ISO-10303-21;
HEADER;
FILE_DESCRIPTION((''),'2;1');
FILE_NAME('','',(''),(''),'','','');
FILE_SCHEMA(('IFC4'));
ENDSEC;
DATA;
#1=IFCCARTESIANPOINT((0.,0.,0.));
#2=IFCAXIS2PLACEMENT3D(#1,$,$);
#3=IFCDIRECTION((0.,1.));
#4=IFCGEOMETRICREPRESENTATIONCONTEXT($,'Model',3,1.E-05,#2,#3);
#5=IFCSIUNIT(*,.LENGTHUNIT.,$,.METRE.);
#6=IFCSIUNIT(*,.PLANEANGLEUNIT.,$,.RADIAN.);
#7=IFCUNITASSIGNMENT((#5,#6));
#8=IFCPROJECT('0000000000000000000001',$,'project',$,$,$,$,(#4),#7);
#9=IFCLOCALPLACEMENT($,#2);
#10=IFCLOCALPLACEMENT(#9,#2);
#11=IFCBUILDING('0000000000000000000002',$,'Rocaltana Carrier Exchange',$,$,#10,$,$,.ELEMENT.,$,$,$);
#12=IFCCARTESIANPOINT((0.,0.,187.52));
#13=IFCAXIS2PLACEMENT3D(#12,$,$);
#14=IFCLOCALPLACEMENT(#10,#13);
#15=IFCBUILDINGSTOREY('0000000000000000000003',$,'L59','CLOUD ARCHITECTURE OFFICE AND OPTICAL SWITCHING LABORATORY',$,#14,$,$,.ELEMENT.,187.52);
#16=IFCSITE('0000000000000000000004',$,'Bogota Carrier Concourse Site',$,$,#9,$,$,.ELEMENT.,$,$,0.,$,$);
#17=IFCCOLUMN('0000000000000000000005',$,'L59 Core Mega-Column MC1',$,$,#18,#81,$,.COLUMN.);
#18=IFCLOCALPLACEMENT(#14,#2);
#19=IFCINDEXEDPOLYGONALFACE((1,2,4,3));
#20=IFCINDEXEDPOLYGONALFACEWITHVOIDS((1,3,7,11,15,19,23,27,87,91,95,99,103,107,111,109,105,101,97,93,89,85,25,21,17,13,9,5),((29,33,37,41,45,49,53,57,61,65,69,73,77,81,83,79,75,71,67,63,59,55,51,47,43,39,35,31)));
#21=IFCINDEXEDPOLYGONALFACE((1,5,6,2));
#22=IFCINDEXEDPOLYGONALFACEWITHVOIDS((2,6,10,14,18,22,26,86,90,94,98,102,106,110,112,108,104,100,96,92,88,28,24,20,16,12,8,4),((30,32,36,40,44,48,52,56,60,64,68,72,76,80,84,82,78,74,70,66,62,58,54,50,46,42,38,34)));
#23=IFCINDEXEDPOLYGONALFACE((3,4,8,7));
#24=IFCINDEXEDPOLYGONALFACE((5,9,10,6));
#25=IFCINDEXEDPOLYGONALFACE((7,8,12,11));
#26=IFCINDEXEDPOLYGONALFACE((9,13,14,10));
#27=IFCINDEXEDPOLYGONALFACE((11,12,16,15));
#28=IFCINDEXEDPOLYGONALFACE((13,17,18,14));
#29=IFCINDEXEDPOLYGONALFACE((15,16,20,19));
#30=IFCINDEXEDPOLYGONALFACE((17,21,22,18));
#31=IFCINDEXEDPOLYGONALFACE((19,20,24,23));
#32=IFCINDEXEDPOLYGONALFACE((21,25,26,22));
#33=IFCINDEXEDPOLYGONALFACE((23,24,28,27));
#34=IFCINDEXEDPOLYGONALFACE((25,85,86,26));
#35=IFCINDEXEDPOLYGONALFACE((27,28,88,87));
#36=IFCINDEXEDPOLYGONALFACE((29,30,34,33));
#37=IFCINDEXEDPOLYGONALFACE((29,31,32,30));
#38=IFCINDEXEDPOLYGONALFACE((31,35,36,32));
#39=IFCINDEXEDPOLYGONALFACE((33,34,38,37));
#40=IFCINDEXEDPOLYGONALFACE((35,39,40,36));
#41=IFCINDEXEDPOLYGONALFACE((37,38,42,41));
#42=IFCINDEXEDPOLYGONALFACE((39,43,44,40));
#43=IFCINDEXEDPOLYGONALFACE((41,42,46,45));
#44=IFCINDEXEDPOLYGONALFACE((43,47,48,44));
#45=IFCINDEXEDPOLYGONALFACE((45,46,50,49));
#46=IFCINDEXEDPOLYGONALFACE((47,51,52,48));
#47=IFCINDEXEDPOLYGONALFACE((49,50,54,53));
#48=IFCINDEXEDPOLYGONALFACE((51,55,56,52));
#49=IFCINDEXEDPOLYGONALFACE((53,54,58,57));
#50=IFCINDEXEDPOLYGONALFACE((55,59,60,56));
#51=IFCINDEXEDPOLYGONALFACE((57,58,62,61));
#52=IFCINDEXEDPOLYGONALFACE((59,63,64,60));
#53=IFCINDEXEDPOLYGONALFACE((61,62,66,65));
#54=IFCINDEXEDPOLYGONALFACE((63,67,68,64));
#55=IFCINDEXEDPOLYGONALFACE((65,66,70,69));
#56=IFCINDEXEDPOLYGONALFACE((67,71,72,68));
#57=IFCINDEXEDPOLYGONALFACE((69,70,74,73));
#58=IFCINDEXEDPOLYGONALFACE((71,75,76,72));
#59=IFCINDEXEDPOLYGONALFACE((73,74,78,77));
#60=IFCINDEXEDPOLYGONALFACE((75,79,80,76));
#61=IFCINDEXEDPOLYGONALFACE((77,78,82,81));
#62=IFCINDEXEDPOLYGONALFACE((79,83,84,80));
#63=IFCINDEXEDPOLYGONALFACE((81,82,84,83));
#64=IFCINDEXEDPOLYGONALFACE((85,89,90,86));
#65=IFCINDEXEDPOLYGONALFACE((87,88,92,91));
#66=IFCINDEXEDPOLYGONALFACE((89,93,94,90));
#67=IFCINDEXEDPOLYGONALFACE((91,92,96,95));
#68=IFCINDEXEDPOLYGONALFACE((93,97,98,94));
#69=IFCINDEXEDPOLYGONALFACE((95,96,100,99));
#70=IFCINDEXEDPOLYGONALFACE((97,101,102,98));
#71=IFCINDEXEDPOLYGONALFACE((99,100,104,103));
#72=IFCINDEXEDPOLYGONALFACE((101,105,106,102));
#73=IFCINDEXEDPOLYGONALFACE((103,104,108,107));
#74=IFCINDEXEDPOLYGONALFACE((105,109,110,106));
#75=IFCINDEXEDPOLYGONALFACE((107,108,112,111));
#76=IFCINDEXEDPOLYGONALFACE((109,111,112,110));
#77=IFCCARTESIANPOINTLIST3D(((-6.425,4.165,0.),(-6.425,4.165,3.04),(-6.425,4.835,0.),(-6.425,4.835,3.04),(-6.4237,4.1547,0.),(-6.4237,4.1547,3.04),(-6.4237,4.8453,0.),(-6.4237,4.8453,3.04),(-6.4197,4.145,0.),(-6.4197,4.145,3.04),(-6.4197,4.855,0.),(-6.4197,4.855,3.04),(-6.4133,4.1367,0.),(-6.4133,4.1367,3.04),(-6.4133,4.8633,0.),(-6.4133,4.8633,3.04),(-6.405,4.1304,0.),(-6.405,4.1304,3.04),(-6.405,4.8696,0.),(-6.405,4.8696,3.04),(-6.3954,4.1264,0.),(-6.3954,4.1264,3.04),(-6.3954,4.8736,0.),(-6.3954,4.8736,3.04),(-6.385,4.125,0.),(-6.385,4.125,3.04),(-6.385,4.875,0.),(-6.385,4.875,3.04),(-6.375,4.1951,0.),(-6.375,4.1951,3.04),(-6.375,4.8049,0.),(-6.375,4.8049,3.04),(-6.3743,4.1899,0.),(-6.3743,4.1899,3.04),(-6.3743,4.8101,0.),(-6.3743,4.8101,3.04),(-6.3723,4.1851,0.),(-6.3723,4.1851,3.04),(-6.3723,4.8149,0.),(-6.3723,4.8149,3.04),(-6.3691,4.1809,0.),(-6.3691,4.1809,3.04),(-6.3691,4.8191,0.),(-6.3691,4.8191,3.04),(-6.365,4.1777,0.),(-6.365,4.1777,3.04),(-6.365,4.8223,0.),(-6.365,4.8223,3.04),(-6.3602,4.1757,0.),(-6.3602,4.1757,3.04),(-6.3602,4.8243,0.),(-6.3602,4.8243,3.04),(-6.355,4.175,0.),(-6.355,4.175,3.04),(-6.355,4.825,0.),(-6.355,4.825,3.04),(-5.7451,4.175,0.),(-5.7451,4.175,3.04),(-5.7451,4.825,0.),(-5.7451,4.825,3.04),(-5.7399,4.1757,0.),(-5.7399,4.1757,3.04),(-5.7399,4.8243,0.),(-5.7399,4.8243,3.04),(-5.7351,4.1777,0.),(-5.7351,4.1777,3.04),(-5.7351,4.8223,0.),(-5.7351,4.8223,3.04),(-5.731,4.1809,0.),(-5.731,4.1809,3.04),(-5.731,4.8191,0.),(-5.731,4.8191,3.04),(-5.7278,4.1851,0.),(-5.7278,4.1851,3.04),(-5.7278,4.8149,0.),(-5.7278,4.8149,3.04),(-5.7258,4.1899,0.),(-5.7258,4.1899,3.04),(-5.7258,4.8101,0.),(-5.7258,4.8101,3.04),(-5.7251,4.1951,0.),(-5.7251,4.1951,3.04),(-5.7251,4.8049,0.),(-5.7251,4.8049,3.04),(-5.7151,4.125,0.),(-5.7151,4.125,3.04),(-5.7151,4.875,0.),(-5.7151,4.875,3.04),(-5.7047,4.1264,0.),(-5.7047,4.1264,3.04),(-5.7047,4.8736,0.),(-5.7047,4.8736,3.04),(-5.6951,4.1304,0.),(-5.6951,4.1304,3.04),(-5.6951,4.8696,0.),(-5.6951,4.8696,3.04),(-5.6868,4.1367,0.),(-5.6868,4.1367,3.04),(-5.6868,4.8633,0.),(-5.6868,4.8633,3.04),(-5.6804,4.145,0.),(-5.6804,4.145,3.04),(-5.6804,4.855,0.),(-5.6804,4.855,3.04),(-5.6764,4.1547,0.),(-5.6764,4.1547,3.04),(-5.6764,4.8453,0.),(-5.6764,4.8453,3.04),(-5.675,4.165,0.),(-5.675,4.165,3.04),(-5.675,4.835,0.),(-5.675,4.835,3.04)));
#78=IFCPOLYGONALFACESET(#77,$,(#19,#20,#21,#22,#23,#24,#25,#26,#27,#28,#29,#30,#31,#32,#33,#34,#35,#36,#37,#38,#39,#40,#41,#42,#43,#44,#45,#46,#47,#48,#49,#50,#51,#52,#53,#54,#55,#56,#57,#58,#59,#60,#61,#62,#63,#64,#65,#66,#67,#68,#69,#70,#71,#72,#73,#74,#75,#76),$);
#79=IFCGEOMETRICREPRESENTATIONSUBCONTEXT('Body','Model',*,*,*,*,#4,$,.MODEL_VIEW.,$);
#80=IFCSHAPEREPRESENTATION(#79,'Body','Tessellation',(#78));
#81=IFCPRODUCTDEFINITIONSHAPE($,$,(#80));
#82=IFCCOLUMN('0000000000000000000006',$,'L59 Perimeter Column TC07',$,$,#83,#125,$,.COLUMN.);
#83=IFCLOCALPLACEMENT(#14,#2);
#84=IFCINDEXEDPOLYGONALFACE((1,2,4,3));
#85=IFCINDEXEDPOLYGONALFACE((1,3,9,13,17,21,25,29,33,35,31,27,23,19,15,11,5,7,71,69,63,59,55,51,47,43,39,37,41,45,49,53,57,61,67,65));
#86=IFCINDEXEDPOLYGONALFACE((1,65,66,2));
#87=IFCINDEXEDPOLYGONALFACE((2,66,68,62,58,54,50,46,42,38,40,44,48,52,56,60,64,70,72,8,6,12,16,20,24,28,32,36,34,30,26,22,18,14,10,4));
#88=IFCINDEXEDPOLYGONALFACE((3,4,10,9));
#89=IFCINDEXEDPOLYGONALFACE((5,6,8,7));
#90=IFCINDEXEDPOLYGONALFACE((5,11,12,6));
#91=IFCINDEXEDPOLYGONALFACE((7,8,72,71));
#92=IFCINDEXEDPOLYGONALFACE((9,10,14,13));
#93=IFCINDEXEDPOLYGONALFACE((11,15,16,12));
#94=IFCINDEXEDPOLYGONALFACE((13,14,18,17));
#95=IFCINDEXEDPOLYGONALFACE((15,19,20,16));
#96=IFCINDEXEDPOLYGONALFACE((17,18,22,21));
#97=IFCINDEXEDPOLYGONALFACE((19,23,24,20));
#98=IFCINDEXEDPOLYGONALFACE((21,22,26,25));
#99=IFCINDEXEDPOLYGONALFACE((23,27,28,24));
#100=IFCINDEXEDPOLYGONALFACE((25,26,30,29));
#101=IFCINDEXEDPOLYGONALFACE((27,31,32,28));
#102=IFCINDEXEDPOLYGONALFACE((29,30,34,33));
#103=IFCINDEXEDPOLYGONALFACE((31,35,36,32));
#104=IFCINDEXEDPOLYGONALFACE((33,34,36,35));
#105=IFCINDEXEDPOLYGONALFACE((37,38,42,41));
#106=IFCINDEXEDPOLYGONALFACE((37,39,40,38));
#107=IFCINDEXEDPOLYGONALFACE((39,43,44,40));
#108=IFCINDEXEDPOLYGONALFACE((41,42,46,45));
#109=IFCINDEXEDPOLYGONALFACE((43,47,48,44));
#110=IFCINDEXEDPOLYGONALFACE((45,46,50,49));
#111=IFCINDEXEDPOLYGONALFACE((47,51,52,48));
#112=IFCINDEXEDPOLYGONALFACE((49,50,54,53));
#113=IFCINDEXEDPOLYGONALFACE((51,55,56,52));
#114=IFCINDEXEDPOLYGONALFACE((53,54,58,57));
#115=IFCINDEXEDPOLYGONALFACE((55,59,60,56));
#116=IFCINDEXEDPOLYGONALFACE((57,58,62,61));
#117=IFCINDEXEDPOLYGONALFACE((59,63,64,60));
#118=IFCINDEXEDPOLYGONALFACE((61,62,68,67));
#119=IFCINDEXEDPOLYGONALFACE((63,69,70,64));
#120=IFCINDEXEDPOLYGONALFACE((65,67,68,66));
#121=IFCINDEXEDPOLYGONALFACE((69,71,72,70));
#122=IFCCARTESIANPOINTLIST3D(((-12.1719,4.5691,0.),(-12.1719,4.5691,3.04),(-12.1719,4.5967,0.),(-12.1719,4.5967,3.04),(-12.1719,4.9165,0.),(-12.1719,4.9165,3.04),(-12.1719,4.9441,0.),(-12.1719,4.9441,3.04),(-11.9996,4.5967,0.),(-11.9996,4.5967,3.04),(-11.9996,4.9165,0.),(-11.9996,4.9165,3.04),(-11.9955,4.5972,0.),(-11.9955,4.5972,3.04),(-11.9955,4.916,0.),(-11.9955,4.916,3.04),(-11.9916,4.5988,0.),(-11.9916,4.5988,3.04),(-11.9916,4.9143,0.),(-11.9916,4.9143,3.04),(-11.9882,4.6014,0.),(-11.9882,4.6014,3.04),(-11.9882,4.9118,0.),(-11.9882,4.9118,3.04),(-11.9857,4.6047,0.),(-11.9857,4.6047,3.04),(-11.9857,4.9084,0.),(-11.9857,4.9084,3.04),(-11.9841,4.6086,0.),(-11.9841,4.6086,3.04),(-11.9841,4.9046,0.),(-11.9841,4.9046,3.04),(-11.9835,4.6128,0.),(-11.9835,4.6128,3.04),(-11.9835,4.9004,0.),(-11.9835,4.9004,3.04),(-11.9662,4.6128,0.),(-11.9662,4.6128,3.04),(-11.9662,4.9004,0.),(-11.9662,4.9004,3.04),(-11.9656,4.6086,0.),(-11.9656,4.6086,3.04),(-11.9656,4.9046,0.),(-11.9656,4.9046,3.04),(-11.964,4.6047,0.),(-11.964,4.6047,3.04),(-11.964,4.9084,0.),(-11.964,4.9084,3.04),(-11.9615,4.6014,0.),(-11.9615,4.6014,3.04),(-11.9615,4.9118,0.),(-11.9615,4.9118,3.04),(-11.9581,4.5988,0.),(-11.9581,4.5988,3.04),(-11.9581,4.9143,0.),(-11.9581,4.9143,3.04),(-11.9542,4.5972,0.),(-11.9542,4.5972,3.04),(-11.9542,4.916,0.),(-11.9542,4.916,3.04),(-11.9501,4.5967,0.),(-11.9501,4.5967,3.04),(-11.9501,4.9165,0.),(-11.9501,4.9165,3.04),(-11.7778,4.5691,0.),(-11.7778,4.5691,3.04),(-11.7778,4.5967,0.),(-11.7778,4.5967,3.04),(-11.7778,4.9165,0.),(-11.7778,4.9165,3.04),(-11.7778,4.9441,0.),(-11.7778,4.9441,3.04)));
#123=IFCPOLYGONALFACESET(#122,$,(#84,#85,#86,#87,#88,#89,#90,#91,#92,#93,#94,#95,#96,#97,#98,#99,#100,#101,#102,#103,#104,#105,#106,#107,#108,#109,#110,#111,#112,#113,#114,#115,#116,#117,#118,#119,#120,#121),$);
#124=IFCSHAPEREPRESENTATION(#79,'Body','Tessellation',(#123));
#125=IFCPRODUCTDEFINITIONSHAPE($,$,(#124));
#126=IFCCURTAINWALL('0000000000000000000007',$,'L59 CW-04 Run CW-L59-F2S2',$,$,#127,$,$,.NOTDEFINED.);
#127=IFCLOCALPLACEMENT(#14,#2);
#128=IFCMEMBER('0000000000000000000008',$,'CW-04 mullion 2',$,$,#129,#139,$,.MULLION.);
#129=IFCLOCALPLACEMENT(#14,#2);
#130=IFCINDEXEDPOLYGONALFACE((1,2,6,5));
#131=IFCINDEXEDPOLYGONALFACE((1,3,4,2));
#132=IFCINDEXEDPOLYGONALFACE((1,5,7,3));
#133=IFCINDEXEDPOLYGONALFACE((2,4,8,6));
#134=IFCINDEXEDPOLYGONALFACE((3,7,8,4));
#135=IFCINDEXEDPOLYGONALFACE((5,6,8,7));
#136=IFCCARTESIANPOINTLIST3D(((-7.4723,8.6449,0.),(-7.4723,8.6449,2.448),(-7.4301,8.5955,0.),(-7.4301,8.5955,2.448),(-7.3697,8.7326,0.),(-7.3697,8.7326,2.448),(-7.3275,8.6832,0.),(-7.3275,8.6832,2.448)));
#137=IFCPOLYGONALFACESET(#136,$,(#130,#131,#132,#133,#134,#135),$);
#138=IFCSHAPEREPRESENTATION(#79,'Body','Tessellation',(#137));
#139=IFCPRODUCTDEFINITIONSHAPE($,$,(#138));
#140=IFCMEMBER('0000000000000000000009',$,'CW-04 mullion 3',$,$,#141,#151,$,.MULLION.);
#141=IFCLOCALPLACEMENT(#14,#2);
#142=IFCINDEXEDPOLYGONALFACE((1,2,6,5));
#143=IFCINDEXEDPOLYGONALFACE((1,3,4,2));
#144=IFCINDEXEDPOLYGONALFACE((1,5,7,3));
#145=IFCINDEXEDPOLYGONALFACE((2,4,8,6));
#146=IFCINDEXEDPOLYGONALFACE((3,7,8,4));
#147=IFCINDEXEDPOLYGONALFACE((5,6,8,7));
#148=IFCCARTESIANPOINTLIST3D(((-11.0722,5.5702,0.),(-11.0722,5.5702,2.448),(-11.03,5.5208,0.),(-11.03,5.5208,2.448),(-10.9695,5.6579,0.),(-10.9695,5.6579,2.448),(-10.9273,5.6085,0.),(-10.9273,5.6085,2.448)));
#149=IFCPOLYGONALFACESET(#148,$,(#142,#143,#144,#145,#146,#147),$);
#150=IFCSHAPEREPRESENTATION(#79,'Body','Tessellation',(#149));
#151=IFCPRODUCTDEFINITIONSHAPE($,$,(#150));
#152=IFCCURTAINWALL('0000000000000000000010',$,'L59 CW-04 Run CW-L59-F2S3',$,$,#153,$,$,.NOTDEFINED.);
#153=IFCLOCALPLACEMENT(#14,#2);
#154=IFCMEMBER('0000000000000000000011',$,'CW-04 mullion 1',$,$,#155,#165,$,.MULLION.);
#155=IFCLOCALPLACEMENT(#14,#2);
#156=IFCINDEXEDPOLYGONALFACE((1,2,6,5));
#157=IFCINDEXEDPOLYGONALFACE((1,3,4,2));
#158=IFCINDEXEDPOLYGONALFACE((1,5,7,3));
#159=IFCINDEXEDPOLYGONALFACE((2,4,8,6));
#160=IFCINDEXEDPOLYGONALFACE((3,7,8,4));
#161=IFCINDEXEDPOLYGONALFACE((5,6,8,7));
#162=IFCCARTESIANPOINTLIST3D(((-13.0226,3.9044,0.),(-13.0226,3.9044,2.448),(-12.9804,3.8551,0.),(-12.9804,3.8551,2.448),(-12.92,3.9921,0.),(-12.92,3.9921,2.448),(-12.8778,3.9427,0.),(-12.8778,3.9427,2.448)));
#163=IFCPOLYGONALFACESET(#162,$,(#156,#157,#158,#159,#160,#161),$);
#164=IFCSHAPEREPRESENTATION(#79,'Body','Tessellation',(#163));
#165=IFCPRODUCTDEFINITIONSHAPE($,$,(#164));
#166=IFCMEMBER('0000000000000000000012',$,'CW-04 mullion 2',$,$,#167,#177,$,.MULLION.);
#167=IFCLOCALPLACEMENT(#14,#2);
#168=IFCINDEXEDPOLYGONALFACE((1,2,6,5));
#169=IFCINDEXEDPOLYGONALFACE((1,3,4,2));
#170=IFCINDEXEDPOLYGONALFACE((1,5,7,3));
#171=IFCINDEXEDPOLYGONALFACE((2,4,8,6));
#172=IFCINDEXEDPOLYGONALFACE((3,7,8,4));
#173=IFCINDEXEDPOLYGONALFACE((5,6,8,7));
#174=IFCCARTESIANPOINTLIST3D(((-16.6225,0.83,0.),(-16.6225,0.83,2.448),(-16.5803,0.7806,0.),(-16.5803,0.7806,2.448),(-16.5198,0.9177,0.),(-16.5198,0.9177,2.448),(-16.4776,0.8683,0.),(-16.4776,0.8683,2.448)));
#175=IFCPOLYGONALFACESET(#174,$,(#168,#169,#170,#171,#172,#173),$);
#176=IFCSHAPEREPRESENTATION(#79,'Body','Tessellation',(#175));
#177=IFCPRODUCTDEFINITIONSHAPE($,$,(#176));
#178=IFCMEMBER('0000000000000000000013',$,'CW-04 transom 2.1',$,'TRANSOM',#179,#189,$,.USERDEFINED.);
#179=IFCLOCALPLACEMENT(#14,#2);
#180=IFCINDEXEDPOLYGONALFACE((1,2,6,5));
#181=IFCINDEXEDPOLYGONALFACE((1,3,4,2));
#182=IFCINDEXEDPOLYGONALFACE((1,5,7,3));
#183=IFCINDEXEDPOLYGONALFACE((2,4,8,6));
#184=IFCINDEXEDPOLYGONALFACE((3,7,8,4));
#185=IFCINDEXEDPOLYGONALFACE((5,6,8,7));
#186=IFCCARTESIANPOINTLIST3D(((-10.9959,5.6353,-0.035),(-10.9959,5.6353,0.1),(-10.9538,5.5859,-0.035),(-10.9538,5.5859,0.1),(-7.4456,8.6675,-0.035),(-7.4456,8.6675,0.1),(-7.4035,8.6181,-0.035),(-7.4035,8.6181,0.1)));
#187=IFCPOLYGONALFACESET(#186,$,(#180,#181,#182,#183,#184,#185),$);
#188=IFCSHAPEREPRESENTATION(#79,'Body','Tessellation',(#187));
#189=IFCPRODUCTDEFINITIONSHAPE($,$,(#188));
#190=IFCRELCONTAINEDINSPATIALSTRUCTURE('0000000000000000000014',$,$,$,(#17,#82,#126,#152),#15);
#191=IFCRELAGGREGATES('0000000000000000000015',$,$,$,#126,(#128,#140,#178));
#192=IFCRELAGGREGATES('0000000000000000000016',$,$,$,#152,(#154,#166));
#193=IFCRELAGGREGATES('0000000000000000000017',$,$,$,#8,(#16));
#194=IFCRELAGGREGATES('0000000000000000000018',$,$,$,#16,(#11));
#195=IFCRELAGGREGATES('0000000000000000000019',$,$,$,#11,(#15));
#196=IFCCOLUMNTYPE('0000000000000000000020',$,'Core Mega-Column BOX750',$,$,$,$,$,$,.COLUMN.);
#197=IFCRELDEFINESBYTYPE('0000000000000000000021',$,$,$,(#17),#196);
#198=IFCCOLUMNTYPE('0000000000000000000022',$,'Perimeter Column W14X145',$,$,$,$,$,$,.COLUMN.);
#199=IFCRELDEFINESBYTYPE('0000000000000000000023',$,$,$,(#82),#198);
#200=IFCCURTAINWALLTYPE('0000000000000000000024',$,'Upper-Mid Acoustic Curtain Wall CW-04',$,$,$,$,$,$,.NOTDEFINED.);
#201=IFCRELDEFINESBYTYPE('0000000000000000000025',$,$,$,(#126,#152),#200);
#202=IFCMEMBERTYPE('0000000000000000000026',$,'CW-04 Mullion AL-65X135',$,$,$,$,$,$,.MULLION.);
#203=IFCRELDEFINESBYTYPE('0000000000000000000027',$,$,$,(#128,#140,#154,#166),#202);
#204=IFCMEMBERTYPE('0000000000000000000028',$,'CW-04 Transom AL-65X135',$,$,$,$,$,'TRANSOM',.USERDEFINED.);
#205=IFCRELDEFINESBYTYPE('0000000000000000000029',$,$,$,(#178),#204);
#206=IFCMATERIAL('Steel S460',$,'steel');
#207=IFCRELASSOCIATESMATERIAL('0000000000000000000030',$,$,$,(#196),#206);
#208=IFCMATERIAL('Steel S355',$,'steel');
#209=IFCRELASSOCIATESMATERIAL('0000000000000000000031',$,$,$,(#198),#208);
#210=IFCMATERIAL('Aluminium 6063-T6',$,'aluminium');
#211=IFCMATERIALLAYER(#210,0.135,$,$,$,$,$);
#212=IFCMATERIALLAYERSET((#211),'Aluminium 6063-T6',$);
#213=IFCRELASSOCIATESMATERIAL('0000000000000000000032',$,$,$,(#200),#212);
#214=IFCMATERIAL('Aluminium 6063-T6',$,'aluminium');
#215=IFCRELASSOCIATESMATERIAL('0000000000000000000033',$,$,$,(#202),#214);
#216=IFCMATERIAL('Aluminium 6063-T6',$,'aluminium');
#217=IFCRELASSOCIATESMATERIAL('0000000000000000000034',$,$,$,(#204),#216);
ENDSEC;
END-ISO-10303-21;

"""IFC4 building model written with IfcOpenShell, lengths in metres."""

from ifc_helpers import new_model, si_unit, direction, frame, origin, origin_2d, place, context, subcontext, project, spatial, rectangle, hollow_rectangle, i_section, extrude, material, layer, layer_set, material_profile, profile_set, type_object, element, aggregate, save


model = new_model("IFC4")

# Units and contexts
model_context = context("Model", 3, precision=1e-05, world=origin(), true_north=direction((0.0, 1.0)))
body_context = subcontext(model_context, "Body", "Model", "MODEL_VIEW")
ifc_project = project(units=[si_unit("LENGTHUNIT", "METRE"), si_unit("PLANEANGLEUNIT", "RADIAN")], contexts=[model_context])

# Site, building, storey
site_placement = place(None, origin())
site = spatial("IfcSite", under=ifc_project, at=site_placement, Name="Bogota Carrier Concourse Site", CompositionType="ELEMENT", RefElevation=0.0)
building_placement = place(site_placement, origin())
building = spatial("IfcBuilding", under=site, at=building_placement, Name="Rocaltana Carrier Exchange", CompositionType="ELEMENT")
storey_placement = place(building_placement, frame((0.0, 0.0, 187.52)))
storey = spatial("IfcBuildingStorey", under=building, at=storey_placement, Name="L59", Description="CLOUD ARCHITECTURE OFFICE AND OPTICAL SWITCHING LABORATORY", CompositionType="ELEMENT", Elevation=187.52)

# Columns
ifc_material_1 = material(Name="Steel S460", Category="steel")
ifc_material_profile_1 = material_profile(ifc_material_1, hollow_rectangle(XDim=0.75, YDim=0.75, WallThickness=0.05, InnerFilletRadius=0.02, OuterFilletRadius=0.04, at=origin_2d()), Name="BOX750X750X50")
ifc_profile_set_1 = profile_set([ifc_material_profile_1], Name="Steel S460")
column_type_1 = type_object("IfcColumnType", Name="Core Mega-Column BOX750", PredefinedType="COLUMN", material=ifc_profile_set_1)
column_1_placement = place(storey_placement, frame((-6.05, 4.5, 0.0), z_axis=(0.0, 0.0, 1.0), x_axis=(1.0, 0.0, 0.0)))
element("IfcColumn", 1, at=column_1_placement, inside=storey, type_object=column_type_1, Name="L59 Core Mega-Column MC1", PredefinedType="COLUMN", context=body_context, shape_type="SweptSolid", body=[
    extrude(hollow_rectangle(XDim=0.75, YDim=0.75, WallThickness=0.05, InnerFilletRadius=0.02, OuterFilletRadius=0.04, at=origin_2d()), origin(), (0.0, 0.0, 1.0), 3.04),
])
ifc_material_2 = material(Name="Steel S355", Category="steel")
ifc_material_profile_2 = material_profile(ifc_material_2, i_section(OverallWidth=0.394, OverallDepth=0.375, WebThickness=0.0173, FlangeThickness=0.0276, FilletRadius=0.0161, at=origin_2d()), Name="W14X145")
ifc_profile_set_2 = profile_set([ifc_material_profile_2], Name="Steel S355")
column_type_2 = type_object("IfcColumnType", Name="Perimeter Column W14X145", PredefinedType="COLUMN", material=ifc_profile_set_2)
column_2_placement = place(storey_placement, frame((-11.9749, 4.7566, 0.0), z_axis=(0.0, 0.0, 1.0), x_axis=(1.0, 0.0, 0.0)))
element("IfcColumn", 2, at=column_2_placement, inside=storey, type_object=column_type_2, Name="L59 Perimeter Column TC07", PredefinedType="COLUMN", context=body_context, shape_type="SweptSolid", body=[
    extrude(i_section(OverallWidth=0.394, OverallDepth=0.375, WebThickness=0.0173, FlangeThickness=0.0276, FilletRadius=0.0161, at=origin_2d()), origin(), (0.0, 0.0, 1.0), 3.04),
])

# Curtain walls, members
ifc_material_3 = material(Name="Aluminium 6063-T6", Category="aluminium")
ifc_layer_1 = layer(ifc_material_3, 0.135)
ifc_layer_set_1 = layer_set([ifc_layer_1], Name="Aluminium 6063-T6")
curtain_wall_type = type_object("IfcCurtainWallType", Name="Upper-Mid Acoustic Curtain Wall CW-04", PredefinedType="NOTDEFINED", material=ifc_layer_set_1)
curtain_wall_1_placement = place(storey_placement, origin())
curtain_wall_1 = element("IfcCurtainWall", 3, at=curtain_wall_1_placement, inside=storey, type_object=curtain_wall_type, Name="L59 CW-04 Run CW-L59-F2S2", PredefinedType="NOTDEFINED")
ifc_material_4 = material(Name="Aluminium 6063-T6", Category="aluminium")
ifc_material_profile_3 = material_profile(ifc_material_4, rectangle(XDim=0.0649, YDim=0.135, at=origin_2d()), Name="AL-65X135")
ifc_profile_set_3 = profile_set([ifc_material_profile_3], Name="Aluminium 6063-T6")
member_type_1 = type_object("IfcMemberType", Name="CW-04 Mullion AL-65X135", PredefinedType="MULLION", material=ifc_profile_set_3)
member_1_placement = place(storey_placement, frame((-7.3999, 8.6641, 0.0), z_axis=(0.0, 0.0, 1.0), x_axis=(0.649454, -0.760401, 0.0)))
member_1 = element("IfcMember", 4, at=member_1_placement, type_object=member_type_1, Name="CW-04 mullion 2", PredefinedType="MULLION", context=body_context, shape_type="SweptSolid", body=[
    extrude(rectangle(XDim=0.0649, YDim=0.135, at=origin_2d()), origin(), (0.0, 0.0, 1.0), 2.448),
])
member_2_placement = place(storey_placement, frame((-10.9998, 5.5894, 0.0), z_axis=(0.0, 0.0, 1.0), x_axis=(0.649454, -0.760401, 0.0)))
member_2 = element("IfcMember", 5, at=member_2_placement, type_object=member_type_1, Name="CW-04 mullion 3", PredefinedType="MULLION", context=body_context, shape_type="SweptSolid", body=[
    extrude(rectangle(XDim=0.0649, YDim=0.135, at=origin_2d()), origin(), (0.0, 0.0, 1.0), 2.448),
])
curtain_wall_2_placement = place(storey_placement, origin())
curtain_wall_2 = element("IfcCurtainWall", 6, at=curtain_wall_2_placement, inside=storey, type_object=curtain_wall_type, Name="L59 CW-04 Run CW-L59-F2S3", PredefinedType="NOTDEFINED")
member_3_placement = place(storey_placement, frame((-12.9502, 3.9236, 0.0), z_axis=(0.0, 0.0, 1.0), x_axis=(0.649448, -0.760406, 0.0)))
member_3 = element("IfcMember", 7, at=member_3_placement, type_object=member_type_1, Name="CW-04 mullion 1", PredefinedType="MULLION", context=body_context, shape_type="SweptSolid", body=[
    extrude(rectangle(XDim=0.0649, YDim=0.135, at=origin_2d()), origin(), (0.0, 0.0, 1.0), 2.448),
])
member_4_placement = place(storey_placement, frame((-16.55, 0.8491, 0.0), z_axis=(0.0, 0.0, 1.0), x_axis=(0.649448, -0.760406, 0.0)))
member_4 = element("IfcMember", 8, at=member_4_placement, type_object=member_type_1, Name="CW-04 mullion 2", PredefinedType="MULLION", context=body_context, shape_type="SweptSolid", body=[
    extrude(rectangle(XDim=0.0649, YDim=0.135, at=origin_2d()), origin(), (0.0, 0.0, 1.0), 2.448),
])

# Member
ifc_material_5 = material(Name="Aluminium 6063-T6", Category="aluminium")
ifc_material_profile_4 = material_profile(ifc_material_5, rectangle(XDim=0.0649, YDim=0.135, at=origin_2d()), Name="AL-65X135")
ifc_profile_set_4 = profile_set([ifc_material_profile_4], Name="Aluminium 6063-T6")
member_type_2 = type_object("IfcMemberType", Name="CW-04 Transom AL-65X135", ElementType="TRANSOM", PredefinedType="USERDEFINED", material=ifc_profile_set_4)
member_5_placement = place(storey_placement, frame((-7.4246, 8.6428, 0.0325), z_axis=(-0.760407, -0.649447, 0.0), x_axis=(0.649447, -0.760407, 0.0)))
member_5 = element("IfcMember", 9, at=member_5_placement, type_object=member_type_2, Name="CW-04 transom 2.1", ObjectType="TRANSOM", PredefinedType="USERDEFINED", context=body_context, shape_type="SweptSolid", body=[
    extrude(rectangle(XDim=0.0649, YDim=0.135, at=origin_2d()), origin(), (0.0, 0.0, 1.0), 4.6689),
])

aggregate(curtain_wall_1, [member_1, member_2, member_5])
aggregate(curtain_wall_2, [member_3, member_4])

save(model, "model.ifc")
